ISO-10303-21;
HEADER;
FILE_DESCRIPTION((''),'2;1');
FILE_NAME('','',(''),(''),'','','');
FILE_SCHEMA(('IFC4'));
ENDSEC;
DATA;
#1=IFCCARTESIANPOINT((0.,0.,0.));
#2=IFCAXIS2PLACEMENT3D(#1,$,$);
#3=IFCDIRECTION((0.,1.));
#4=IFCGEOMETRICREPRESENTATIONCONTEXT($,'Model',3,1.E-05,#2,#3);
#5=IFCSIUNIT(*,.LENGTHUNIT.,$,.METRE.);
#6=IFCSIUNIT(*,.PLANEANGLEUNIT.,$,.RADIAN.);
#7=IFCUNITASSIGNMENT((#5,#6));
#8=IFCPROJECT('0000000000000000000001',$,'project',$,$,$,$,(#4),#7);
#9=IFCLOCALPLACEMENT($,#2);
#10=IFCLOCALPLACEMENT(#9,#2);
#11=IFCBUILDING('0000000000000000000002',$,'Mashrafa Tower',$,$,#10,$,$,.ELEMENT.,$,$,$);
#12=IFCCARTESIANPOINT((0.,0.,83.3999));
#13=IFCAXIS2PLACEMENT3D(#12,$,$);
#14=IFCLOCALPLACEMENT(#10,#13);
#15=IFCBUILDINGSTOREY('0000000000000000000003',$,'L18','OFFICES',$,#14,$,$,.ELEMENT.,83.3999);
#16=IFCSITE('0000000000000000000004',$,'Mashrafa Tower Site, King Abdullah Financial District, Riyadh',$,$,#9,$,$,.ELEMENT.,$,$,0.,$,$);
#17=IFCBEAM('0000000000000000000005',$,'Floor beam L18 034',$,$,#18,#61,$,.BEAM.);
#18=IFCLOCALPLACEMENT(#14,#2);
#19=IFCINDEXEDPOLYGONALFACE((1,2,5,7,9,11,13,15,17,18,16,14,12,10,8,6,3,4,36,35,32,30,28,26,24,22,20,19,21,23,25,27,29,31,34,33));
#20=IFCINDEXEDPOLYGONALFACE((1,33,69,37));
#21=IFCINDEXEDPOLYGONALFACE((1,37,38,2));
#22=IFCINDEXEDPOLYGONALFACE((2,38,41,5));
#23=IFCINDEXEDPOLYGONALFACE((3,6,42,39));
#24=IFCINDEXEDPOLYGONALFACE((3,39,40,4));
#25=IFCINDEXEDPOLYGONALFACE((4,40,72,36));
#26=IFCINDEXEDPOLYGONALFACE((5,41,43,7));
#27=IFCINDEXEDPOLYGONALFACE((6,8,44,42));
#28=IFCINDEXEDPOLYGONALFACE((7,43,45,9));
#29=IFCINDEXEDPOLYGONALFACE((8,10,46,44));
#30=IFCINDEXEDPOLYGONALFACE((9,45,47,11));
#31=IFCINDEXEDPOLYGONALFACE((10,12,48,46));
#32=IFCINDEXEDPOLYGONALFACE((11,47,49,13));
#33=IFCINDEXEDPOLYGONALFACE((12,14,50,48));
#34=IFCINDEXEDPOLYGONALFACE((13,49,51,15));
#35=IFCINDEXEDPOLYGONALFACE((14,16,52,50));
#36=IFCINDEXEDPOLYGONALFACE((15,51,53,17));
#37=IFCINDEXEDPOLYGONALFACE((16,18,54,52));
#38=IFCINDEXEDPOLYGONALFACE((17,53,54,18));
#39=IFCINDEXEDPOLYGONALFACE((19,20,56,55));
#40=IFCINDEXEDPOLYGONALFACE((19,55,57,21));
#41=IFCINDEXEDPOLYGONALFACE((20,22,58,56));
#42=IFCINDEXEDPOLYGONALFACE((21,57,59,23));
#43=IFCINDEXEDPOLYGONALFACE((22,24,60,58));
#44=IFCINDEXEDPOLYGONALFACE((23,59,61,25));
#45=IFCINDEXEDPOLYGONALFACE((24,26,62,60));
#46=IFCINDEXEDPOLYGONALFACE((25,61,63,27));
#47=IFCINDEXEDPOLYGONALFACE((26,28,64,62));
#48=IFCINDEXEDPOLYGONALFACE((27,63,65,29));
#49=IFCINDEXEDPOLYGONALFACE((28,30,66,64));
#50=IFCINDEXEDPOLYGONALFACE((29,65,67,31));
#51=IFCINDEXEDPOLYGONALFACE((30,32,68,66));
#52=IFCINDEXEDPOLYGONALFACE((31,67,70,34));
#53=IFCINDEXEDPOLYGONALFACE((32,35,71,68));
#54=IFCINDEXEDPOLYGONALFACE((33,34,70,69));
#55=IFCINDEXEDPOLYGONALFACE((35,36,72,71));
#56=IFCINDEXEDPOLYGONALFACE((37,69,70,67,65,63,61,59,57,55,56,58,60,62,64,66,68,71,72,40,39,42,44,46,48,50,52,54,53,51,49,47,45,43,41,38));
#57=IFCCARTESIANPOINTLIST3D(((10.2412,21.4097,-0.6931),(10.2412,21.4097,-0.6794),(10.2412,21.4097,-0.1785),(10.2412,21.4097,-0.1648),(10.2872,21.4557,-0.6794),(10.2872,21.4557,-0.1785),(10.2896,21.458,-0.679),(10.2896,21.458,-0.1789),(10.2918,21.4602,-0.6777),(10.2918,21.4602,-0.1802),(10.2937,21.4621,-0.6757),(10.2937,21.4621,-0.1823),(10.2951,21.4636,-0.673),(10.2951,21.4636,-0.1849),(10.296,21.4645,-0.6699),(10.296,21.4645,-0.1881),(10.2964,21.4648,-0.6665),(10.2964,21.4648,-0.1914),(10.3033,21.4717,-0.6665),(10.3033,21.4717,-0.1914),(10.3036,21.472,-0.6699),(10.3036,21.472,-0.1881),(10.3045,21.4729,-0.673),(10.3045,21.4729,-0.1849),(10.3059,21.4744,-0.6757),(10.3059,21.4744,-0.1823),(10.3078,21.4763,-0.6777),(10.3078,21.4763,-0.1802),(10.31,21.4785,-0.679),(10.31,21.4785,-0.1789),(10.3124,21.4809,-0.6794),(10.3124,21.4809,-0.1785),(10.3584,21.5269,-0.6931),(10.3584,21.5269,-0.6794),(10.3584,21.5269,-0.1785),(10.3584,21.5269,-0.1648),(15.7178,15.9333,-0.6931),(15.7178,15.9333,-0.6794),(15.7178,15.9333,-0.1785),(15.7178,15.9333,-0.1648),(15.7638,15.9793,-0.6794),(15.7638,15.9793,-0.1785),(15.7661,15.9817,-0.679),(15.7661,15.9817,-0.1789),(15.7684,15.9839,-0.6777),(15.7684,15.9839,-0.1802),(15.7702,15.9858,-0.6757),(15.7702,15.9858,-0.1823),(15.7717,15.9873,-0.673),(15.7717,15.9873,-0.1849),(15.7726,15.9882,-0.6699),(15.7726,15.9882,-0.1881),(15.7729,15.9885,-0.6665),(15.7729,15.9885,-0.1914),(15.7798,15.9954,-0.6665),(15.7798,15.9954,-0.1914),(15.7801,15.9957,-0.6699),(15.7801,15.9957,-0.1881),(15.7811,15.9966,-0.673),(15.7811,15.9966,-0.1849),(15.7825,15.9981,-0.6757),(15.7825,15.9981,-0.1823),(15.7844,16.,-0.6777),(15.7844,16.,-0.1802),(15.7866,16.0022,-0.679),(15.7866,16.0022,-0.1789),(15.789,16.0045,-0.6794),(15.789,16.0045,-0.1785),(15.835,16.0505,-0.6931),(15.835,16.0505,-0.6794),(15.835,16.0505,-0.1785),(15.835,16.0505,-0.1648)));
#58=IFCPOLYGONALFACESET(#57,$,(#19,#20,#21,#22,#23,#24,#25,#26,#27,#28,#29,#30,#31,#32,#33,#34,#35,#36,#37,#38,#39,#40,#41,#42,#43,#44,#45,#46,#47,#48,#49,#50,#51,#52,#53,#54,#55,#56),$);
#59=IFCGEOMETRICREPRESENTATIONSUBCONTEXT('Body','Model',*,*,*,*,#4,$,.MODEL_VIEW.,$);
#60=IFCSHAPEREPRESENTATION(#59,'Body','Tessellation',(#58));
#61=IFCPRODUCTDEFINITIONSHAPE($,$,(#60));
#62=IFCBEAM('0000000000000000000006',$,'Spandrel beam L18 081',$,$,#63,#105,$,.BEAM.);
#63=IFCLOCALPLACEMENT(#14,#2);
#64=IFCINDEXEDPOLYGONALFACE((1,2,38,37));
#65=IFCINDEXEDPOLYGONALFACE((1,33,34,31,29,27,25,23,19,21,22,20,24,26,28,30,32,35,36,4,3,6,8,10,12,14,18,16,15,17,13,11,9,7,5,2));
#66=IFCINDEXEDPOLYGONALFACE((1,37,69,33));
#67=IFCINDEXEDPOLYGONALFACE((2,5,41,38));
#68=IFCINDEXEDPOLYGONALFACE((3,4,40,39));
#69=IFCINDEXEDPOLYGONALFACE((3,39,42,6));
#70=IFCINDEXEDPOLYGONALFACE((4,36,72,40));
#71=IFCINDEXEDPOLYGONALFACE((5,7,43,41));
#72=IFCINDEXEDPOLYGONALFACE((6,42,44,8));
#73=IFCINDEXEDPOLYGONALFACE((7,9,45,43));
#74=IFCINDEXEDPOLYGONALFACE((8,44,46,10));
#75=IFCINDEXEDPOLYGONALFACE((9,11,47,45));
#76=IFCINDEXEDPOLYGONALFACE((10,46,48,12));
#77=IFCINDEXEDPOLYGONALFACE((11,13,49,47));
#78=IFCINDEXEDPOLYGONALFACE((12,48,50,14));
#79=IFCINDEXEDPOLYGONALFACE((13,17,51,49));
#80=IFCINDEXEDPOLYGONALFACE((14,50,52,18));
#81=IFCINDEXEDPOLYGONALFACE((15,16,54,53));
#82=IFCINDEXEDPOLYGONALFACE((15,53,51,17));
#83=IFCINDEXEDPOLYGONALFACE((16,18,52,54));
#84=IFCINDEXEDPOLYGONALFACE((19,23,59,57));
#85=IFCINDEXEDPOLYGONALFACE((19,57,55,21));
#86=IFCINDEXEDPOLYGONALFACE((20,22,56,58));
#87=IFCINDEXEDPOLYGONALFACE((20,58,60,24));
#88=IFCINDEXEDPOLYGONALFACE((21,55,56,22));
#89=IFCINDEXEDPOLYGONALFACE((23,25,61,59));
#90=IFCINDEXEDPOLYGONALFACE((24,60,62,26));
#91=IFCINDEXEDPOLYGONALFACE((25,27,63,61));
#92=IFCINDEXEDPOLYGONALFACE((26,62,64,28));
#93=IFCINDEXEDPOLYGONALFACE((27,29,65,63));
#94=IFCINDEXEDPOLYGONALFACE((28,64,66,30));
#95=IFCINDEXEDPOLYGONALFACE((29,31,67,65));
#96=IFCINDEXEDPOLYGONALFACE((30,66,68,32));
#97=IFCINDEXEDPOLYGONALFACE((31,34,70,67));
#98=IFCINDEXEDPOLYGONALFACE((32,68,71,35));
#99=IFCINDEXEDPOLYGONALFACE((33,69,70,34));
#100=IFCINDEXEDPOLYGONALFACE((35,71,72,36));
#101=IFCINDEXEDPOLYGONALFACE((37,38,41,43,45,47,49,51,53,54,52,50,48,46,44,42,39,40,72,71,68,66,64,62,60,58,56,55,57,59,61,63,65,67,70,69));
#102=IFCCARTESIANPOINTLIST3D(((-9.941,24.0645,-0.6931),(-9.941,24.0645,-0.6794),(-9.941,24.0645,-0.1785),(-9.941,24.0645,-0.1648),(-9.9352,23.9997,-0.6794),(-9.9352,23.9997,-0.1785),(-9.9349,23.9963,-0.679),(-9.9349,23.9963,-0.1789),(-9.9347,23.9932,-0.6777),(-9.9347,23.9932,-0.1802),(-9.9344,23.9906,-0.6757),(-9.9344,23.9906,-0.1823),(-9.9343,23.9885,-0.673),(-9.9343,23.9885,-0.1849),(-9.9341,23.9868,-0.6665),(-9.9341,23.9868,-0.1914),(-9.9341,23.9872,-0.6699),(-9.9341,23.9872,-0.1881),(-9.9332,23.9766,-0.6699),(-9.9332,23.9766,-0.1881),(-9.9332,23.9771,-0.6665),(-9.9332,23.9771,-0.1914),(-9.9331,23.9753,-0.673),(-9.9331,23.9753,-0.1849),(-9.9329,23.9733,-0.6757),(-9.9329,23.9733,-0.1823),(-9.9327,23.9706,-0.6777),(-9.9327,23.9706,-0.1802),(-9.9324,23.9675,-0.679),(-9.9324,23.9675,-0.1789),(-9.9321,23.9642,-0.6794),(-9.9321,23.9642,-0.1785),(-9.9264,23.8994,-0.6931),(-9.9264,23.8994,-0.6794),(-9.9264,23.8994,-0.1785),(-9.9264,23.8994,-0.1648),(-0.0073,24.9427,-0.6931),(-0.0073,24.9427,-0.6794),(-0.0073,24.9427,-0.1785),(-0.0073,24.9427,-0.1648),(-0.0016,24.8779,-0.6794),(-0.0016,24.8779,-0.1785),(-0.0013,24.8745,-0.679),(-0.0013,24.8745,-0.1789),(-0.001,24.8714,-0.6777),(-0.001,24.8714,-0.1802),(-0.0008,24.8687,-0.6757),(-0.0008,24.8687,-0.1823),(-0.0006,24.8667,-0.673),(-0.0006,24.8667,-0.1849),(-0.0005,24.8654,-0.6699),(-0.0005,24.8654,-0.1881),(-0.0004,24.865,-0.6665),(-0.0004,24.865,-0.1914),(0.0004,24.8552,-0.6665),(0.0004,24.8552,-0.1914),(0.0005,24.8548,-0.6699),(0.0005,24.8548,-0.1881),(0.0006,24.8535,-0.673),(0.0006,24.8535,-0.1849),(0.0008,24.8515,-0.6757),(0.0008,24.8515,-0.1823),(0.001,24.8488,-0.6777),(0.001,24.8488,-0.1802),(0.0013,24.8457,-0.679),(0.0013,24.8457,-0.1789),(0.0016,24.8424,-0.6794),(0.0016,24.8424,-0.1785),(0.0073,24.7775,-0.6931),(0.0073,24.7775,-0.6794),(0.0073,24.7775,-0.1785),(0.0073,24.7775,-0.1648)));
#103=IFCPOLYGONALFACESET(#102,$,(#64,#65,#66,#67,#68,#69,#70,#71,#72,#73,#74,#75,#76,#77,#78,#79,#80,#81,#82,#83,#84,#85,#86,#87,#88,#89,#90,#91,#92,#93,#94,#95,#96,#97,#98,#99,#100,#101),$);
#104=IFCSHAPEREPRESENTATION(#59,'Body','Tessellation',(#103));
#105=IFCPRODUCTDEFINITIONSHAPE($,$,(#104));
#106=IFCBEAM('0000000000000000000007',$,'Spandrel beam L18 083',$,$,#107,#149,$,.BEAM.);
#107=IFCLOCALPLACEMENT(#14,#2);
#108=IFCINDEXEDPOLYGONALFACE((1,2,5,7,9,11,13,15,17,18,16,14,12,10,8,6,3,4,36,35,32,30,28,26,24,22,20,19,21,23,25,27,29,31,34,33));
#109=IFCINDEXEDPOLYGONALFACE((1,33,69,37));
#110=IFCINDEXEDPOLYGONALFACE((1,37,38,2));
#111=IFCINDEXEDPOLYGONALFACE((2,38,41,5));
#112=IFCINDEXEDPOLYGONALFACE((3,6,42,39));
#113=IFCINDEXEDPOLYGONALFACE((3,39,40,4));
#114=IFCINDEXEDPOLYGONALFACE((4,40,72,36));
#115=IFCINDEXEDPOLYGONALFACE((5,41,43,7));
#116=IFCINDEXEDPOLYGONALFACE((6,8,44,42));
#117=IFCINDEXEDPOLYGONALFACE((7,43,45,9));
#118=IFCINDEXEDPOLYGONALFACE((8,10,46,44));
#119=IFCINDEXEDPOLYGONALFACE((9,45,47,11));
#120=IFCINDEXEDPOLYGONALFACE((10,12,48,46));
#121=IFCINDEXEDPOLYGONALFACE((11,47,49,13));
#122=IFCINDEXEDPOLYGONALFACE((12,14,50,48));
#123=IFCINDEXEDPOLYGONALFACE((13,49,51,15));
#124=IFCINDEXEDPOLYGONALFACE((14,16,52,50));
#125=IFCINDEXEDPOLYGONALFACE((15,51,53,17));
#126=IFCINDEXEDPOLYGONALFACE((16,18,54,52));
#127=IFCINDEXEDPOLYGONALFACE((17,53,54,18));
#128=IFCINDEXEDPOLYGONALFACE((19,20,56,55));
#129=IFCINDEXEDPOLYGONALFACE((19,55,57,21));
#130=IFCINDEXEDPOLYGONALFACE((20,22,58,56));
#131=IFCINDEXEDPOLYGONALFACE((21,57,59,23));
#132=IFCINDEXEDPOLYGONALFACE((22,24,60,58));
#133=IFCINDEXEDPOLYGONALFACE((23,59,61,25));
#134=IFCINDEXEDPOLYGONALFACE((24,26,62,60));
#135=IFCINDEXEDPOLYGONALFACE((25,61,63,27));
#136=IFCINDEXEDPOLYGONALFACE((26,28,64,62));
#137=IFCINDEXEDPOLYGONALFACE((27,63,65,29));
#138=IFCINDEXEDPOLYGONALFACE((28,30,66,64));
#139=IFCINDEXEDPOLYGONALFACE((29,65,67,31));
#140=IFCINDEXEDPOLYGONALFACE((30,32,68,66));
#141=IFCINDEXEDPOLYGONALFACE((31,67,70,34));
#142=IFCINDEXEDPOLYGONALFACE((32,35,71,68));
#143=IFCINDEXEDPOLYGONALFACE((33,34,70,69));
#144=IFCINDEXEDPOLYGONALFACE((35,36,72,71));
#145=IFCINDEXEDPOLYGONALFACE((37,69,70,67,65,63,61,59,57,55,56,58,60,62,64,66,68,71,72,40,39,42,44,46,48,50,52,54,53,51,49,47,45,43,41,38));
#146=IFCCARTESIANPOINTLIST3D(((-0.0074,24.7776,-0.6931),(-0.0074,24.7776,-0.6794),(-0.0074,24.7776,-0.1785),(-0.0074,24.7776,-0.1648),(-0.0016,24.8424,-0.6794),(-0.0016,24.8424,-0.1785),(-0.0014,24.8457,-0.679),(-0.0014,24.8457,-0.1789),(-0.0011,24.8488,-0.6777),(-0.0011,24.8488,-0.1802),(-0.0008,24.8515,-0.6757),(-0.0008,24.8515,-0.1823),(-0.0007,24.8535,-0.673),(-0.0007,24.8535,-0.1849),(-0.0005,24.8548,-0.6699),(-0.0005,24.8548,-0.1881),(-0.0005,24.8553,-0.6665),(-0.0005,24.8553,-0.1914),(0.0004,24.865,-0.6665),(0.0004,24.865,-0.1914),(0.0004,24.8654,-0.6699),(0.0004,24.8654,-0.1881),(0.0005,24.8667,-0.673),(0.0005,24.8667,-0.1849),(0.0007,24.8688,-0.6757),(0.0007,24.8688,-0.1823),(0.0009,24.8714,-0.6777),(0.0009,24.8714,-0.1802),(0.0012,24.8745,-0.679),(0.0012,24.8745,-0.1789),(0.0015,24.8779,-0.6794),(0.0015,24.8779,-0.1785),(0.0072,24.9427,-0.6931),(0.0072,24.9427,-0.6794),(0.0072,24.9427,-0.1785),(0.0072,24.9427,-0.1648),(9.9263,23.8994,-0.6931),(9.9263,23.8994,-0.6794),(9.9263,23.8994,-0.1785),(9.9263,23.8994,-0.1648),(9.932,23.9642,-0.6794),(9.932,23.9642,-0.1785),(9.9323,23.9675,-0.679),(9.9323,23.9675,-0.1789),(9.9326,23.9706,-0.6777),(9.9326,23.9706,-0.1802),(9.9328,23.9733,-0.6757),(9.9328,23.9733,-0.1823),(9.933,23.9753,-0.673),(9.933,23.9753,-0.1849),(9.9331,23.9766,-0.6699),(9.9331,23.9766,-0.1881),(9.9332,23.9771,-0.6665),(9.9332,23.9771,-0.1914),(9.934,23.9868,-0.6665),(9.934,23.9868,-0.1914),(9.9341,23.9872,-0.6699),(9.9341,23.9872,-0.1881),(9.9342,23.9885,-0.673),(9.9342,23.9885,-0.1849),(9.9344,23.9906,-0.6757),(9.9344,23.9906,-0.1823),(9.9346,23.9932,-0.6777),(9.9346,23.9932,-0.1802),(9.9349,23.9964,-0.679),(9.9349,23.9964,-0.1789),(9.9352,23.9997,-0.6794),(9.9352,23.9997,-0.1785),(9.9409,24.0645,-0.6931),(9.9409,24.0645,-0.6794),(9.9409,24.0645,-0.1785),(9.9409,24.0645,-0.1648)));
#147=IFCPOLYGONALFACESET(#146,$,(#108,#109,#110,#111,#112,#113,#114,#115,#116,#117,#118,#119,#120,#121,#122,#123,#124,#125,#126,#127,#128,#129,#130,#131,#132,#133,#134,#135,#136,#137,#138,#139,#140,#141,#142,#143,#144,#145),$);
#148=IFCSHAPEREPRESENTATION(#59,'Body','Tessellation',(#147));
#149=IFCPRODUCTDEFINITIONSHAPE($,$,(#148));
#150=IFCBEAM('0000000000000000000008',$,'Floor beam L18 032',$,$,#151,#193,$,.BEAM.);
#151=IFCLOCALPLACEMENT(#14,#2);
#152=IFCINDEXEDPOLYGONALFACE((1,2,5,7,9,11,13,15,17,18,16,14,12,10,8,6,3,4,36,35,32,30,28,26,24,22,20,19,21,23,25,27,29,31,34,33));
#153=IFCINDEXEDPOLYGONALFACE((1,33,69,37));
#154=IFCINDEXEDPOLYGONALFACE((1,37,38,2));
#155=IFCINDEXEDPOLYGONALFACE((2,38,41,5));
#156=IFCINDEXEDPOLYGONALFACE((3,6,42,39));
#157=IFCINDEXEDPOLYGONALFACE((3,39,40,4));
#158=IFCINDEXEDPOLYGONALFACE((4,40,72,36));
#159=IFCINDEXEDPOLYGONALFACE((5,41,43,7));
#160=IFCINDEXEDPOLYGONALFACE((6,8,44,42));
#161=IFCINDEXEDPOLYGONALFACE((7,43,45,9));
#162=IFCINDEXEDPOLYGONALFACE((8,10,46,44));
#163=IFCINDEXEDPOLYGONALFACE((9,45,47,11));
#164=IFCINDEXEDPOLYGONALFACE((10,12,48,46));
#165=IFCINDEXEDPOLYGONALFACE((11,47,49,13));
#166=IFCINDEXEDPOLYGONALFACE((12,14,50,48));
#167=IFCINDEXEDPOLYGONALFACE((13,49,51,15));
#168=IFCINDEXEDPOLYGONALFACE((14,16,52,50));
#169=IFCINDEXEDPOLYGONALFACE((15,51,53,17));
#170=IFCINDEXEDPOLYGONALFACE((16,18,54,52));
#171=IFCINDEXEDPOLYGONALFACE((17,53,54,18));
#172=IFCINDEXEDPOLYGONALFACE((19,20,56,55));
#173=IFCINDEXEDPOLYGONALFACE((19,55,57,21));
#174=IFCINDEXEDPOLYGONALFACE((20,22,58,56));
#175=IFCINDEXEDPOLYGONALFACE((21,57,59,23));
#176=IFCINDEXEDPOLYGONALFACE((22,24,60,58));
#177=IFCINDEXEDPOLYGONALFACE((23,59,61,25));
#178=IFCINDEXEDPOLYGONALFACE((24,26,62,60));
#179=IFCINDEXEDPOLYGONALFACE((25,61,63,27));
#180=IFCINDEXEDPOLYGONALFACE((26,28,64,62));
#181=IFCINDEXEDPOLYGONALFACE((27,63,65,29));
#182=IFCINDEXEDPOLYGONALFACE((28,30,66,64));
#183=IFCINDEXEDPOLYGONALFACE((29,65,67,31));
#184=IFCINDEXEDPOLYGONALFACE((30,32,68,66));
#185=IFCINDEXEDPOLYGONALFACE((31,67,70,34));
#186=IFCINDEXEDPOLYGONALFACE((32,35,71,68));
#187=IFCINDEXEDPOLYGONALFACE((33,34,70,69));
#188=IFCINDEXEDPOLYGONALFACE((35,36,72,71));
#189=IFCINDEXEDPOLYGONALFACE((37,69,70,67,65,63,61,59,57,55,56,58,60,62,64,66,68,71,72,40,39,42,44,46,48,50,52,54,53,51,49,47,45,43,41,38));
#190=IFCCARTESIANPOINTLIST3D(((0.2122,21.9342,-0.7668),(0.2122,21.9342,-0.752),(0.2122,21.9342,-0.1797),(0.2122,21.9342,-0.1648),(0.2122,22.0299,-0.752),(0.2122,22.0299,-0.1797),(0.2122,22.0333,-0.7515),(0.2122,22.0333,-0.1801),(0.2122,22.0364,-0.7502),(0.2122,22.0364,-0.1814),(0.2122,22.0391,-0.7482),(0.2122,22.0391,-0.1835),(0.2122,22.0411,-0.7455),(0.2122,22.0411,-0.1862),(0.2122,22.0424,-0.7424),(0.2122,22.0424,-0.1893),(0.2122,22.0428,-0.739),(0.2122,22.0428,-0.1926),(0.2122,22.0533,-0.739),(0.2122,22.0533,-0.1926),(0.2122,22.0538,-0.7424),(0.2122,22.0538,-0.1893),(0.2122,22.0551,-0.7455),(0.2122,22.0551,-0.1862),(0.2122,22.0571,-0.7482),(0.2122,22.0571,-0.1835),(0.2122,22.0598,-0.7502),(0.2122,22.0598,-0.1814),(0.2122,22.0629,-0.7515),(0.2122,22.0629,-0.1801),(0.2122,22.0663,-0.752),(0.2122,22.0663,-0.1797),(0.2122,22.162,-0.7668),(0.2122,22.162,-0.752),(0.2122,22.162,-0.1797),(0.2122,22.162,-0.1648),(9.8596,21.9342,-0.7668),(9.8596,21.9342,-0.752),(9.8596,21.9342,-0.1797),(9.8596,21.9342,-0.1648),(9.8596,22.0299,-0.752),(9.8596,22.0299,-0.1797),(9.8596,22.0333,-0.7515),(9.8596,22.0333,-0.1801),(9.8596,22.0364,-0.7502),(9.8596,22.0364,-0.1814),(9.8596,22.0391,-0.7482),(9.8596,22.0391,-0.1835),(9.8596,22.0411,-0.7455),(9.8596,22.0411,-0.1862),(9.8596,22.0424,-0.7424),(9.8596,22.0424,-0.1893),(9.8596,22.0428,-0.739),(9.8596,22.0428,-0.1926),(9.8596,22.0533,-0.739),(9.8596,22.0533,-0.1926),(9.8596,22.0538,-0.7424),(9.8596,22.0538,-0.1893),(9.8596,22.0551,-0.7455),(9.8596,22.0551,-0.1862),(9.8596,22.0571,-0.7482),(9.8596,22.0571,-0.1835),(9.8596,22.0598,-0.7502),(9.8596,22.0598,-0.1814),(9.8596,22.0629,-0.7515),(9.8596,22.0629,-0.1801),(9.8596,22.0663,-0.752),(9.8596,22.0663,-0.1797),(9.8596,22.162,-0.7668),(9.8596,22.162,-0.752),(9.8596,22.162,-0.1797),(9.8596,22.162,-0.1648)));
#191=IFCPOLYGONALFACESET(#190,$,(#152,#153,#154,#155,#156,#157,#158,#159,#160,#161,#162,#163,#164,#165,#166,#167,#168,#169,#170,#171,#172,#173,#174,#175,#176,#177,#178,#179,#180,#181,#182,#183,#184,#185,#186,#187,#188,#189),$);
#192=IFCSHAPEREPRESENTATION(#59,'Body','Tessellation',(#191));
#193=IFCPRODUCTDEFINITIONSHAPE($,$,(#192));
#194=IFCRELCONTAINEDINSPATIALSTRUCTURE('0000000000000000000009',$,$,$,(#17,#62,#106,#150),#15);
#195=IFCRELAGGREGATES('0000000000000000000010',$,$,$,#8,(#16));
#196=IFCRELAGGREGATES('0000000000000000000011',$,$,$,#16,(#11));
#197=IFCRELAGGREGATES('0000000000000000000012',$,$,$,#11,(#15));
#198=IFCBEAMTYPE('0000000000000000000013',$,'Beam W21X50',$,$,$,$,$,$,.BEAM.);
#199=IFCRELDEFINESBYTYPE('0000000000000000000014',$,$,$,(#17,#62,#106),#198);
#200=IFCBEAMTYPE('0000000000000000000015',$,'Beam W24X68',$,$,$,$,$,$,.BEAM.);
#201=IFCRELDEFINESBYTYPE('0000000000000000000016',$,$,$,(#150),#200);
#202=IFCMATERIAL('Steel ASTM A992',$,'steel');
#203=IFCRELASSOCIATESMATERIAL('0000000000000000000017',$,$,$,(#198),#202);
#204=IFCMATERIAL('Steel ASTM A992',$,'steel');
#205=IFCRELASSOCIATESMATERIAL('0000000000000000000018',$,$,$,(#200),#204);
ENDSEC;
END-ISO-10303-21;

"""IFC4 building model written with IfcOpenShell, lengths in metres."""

from ifc_helpers import new_model, si_unit, direction, frame, origin, origin_2d, place, context, subcontext, project, spatial, i_section, extrude, material, material_profile, profile_set, type_object, element, save


model = new_model("IFC4")

# Units and contexts
model_context = context("Model", 3, precision=1e-05, world=origin(), true_north=direction((0.0, 1.0)))
body_context = subcontext(model_context, "Body", "Model", "MODEL_VIEW")
ifc_project = project(units=[si_unit("LENGTHUNIT", "METRE"), si_unit("PLANEANGLEUNIT", "RADIAN")], contexts=[model_context])

# Site, building, storey
site_placement = place(None, origin())
site = spatial("IfcSite", under=ifc_project, at=site_placement, Name="Mashrafa Tower Site, King Abdullah Financial District, Riyadh", CompositionType="ELEMENT", RefElevation=0.0)
building_placement = place(site_placement, origin())
building = spatial("IfcBuilding", under=site, at=building_placement, Name="Mashrafa Tower", CompositionType="ELEMENT")
storey_placement = place(building_placement, frame((0.0, 0.0, 83.3999)))
storey = spatial("IfcBuildingStorey", under=building, at=storey_placement, Name="L18", Description="OFFICES", CompositionType="ELEMENT", Elevation=83.3999)

# Beams
ifc_material_1 = material(Name="Steel ASTM A992", Category="steel")
ifc_material_profile_1 = material_profile(ifc_material_1, i_section(OverallWidth=0.1658, OverallDepth=0.5283, WebThickness=0.0098, FlangeThickness=0.0137, FilletRadius=0.0129, at=origin_2d()), Name="W21X50")
ifc_profile_set_1 = profile_set([ifc_material_profile_1], Name="Steel ASTM A992")
beam_type_1 = type_object("IfcBeamType", Name="Beam W21X50", PredefinedType="BEAM", material=ifc_profile_set_1)
beam_1_placement = place(storey_placement, frame((10.2998, 21.4683, -0.429), z_axis=(0.707123, -0.707091, 0.0), x_axis=(0.707091, 0.707123, 0.0)))
element("IfcBeam", 1, at=beam_1_placement, inside=storey, type_object=beam_type_1, Name="Floor beam L18 034", PredefinedType="BEAM", context=body_context, shape_type="SweptSolid", body=[
    extrude(i_section(OverallWidth=0.1658, OverallDepth=0.5283, WebThickness=0.0098, FlangeThickness=0.0137, FilletRadius=0.0129, at=origin_2d()), origin(), (0.0, 0.0, 1.0), 7.7449),
])
for number, where, z_axis, x_axis, name in (
    (2, (0.0, 24.8601, -0.429), (-0.996115, -0.088061, 0.0), (0.088061, -0.996115, 0.0), "Spandrel beam L18 081"),
    (3, (9.9336, 23.9819, -0.429), (-0.996115, 0.088061, 0.0), (-0.088061, -0.996115, 0.0), "Spandrel beam L18 083"),
):
    element("IfcBeam", number, at=place(storey_placement, frame(where, z_axis=z_axis, x_axis=x_axis)), inside=storey, type_object=beam_type_1, Name=name, PredefinedType="BEAM", context=body_context, shape_type="SweptSolid", body=[
        extrude(i_section(OverallWidth=0.1658, OverallDepth=0.5283, WebThickness=0.0098, FlangeThickness=0.0137, FilletRadius=0.0129, at=origin_2d()), origin(), (0.0, 0.0, 1.0), 9.9724),
    ])
ifc_material_2 = material(Name="Steel ASTM A992", Category="steel")
ifc_material_profile_2 = material_profile(ifc_material_2, i_section(OverallWidth=0.2278, OverallDepth=0.6021, WebThickness=0.0105, FlangeThickness=0.0149, FilletRadius=0.0129, at=origin_2d()), Name="W24X68")
ifc_profile_set_2 = profile_set([ifc_material_profile_2], Name="Steel ASTM A992")
beam_type_2 = type_object("IfcBeamType", Name="Beam W24X68", PredefinedType="BEAM", material=ifc_profile_set_2)
beam_2_placement = place(storey_placement, frame((0.2122, 22.0481, -0.4658), z_axis=(1.0, 0.0, 0.0), x_axis=(0.0, 1.0, 0.0)))
element("IfcBeam", 4, at=beam_2_placement, inside=storey, type_object=beam_type_2, Name="Floor beam L18 032", PredefinedType="BEAM", context=body_context, shape_type="SweptSolid", body=[
    extrude(i_section(OverallWidth=0.2278, OverallDepth=0.6021, WebThickness=0.0105, FlangeThickness=0.0149, FilletRadius=0.0129, at=origin_2d()), origin(), (0.0, 0.0, 1.0), 9.6475),
])

save(model, "model.ifc")
